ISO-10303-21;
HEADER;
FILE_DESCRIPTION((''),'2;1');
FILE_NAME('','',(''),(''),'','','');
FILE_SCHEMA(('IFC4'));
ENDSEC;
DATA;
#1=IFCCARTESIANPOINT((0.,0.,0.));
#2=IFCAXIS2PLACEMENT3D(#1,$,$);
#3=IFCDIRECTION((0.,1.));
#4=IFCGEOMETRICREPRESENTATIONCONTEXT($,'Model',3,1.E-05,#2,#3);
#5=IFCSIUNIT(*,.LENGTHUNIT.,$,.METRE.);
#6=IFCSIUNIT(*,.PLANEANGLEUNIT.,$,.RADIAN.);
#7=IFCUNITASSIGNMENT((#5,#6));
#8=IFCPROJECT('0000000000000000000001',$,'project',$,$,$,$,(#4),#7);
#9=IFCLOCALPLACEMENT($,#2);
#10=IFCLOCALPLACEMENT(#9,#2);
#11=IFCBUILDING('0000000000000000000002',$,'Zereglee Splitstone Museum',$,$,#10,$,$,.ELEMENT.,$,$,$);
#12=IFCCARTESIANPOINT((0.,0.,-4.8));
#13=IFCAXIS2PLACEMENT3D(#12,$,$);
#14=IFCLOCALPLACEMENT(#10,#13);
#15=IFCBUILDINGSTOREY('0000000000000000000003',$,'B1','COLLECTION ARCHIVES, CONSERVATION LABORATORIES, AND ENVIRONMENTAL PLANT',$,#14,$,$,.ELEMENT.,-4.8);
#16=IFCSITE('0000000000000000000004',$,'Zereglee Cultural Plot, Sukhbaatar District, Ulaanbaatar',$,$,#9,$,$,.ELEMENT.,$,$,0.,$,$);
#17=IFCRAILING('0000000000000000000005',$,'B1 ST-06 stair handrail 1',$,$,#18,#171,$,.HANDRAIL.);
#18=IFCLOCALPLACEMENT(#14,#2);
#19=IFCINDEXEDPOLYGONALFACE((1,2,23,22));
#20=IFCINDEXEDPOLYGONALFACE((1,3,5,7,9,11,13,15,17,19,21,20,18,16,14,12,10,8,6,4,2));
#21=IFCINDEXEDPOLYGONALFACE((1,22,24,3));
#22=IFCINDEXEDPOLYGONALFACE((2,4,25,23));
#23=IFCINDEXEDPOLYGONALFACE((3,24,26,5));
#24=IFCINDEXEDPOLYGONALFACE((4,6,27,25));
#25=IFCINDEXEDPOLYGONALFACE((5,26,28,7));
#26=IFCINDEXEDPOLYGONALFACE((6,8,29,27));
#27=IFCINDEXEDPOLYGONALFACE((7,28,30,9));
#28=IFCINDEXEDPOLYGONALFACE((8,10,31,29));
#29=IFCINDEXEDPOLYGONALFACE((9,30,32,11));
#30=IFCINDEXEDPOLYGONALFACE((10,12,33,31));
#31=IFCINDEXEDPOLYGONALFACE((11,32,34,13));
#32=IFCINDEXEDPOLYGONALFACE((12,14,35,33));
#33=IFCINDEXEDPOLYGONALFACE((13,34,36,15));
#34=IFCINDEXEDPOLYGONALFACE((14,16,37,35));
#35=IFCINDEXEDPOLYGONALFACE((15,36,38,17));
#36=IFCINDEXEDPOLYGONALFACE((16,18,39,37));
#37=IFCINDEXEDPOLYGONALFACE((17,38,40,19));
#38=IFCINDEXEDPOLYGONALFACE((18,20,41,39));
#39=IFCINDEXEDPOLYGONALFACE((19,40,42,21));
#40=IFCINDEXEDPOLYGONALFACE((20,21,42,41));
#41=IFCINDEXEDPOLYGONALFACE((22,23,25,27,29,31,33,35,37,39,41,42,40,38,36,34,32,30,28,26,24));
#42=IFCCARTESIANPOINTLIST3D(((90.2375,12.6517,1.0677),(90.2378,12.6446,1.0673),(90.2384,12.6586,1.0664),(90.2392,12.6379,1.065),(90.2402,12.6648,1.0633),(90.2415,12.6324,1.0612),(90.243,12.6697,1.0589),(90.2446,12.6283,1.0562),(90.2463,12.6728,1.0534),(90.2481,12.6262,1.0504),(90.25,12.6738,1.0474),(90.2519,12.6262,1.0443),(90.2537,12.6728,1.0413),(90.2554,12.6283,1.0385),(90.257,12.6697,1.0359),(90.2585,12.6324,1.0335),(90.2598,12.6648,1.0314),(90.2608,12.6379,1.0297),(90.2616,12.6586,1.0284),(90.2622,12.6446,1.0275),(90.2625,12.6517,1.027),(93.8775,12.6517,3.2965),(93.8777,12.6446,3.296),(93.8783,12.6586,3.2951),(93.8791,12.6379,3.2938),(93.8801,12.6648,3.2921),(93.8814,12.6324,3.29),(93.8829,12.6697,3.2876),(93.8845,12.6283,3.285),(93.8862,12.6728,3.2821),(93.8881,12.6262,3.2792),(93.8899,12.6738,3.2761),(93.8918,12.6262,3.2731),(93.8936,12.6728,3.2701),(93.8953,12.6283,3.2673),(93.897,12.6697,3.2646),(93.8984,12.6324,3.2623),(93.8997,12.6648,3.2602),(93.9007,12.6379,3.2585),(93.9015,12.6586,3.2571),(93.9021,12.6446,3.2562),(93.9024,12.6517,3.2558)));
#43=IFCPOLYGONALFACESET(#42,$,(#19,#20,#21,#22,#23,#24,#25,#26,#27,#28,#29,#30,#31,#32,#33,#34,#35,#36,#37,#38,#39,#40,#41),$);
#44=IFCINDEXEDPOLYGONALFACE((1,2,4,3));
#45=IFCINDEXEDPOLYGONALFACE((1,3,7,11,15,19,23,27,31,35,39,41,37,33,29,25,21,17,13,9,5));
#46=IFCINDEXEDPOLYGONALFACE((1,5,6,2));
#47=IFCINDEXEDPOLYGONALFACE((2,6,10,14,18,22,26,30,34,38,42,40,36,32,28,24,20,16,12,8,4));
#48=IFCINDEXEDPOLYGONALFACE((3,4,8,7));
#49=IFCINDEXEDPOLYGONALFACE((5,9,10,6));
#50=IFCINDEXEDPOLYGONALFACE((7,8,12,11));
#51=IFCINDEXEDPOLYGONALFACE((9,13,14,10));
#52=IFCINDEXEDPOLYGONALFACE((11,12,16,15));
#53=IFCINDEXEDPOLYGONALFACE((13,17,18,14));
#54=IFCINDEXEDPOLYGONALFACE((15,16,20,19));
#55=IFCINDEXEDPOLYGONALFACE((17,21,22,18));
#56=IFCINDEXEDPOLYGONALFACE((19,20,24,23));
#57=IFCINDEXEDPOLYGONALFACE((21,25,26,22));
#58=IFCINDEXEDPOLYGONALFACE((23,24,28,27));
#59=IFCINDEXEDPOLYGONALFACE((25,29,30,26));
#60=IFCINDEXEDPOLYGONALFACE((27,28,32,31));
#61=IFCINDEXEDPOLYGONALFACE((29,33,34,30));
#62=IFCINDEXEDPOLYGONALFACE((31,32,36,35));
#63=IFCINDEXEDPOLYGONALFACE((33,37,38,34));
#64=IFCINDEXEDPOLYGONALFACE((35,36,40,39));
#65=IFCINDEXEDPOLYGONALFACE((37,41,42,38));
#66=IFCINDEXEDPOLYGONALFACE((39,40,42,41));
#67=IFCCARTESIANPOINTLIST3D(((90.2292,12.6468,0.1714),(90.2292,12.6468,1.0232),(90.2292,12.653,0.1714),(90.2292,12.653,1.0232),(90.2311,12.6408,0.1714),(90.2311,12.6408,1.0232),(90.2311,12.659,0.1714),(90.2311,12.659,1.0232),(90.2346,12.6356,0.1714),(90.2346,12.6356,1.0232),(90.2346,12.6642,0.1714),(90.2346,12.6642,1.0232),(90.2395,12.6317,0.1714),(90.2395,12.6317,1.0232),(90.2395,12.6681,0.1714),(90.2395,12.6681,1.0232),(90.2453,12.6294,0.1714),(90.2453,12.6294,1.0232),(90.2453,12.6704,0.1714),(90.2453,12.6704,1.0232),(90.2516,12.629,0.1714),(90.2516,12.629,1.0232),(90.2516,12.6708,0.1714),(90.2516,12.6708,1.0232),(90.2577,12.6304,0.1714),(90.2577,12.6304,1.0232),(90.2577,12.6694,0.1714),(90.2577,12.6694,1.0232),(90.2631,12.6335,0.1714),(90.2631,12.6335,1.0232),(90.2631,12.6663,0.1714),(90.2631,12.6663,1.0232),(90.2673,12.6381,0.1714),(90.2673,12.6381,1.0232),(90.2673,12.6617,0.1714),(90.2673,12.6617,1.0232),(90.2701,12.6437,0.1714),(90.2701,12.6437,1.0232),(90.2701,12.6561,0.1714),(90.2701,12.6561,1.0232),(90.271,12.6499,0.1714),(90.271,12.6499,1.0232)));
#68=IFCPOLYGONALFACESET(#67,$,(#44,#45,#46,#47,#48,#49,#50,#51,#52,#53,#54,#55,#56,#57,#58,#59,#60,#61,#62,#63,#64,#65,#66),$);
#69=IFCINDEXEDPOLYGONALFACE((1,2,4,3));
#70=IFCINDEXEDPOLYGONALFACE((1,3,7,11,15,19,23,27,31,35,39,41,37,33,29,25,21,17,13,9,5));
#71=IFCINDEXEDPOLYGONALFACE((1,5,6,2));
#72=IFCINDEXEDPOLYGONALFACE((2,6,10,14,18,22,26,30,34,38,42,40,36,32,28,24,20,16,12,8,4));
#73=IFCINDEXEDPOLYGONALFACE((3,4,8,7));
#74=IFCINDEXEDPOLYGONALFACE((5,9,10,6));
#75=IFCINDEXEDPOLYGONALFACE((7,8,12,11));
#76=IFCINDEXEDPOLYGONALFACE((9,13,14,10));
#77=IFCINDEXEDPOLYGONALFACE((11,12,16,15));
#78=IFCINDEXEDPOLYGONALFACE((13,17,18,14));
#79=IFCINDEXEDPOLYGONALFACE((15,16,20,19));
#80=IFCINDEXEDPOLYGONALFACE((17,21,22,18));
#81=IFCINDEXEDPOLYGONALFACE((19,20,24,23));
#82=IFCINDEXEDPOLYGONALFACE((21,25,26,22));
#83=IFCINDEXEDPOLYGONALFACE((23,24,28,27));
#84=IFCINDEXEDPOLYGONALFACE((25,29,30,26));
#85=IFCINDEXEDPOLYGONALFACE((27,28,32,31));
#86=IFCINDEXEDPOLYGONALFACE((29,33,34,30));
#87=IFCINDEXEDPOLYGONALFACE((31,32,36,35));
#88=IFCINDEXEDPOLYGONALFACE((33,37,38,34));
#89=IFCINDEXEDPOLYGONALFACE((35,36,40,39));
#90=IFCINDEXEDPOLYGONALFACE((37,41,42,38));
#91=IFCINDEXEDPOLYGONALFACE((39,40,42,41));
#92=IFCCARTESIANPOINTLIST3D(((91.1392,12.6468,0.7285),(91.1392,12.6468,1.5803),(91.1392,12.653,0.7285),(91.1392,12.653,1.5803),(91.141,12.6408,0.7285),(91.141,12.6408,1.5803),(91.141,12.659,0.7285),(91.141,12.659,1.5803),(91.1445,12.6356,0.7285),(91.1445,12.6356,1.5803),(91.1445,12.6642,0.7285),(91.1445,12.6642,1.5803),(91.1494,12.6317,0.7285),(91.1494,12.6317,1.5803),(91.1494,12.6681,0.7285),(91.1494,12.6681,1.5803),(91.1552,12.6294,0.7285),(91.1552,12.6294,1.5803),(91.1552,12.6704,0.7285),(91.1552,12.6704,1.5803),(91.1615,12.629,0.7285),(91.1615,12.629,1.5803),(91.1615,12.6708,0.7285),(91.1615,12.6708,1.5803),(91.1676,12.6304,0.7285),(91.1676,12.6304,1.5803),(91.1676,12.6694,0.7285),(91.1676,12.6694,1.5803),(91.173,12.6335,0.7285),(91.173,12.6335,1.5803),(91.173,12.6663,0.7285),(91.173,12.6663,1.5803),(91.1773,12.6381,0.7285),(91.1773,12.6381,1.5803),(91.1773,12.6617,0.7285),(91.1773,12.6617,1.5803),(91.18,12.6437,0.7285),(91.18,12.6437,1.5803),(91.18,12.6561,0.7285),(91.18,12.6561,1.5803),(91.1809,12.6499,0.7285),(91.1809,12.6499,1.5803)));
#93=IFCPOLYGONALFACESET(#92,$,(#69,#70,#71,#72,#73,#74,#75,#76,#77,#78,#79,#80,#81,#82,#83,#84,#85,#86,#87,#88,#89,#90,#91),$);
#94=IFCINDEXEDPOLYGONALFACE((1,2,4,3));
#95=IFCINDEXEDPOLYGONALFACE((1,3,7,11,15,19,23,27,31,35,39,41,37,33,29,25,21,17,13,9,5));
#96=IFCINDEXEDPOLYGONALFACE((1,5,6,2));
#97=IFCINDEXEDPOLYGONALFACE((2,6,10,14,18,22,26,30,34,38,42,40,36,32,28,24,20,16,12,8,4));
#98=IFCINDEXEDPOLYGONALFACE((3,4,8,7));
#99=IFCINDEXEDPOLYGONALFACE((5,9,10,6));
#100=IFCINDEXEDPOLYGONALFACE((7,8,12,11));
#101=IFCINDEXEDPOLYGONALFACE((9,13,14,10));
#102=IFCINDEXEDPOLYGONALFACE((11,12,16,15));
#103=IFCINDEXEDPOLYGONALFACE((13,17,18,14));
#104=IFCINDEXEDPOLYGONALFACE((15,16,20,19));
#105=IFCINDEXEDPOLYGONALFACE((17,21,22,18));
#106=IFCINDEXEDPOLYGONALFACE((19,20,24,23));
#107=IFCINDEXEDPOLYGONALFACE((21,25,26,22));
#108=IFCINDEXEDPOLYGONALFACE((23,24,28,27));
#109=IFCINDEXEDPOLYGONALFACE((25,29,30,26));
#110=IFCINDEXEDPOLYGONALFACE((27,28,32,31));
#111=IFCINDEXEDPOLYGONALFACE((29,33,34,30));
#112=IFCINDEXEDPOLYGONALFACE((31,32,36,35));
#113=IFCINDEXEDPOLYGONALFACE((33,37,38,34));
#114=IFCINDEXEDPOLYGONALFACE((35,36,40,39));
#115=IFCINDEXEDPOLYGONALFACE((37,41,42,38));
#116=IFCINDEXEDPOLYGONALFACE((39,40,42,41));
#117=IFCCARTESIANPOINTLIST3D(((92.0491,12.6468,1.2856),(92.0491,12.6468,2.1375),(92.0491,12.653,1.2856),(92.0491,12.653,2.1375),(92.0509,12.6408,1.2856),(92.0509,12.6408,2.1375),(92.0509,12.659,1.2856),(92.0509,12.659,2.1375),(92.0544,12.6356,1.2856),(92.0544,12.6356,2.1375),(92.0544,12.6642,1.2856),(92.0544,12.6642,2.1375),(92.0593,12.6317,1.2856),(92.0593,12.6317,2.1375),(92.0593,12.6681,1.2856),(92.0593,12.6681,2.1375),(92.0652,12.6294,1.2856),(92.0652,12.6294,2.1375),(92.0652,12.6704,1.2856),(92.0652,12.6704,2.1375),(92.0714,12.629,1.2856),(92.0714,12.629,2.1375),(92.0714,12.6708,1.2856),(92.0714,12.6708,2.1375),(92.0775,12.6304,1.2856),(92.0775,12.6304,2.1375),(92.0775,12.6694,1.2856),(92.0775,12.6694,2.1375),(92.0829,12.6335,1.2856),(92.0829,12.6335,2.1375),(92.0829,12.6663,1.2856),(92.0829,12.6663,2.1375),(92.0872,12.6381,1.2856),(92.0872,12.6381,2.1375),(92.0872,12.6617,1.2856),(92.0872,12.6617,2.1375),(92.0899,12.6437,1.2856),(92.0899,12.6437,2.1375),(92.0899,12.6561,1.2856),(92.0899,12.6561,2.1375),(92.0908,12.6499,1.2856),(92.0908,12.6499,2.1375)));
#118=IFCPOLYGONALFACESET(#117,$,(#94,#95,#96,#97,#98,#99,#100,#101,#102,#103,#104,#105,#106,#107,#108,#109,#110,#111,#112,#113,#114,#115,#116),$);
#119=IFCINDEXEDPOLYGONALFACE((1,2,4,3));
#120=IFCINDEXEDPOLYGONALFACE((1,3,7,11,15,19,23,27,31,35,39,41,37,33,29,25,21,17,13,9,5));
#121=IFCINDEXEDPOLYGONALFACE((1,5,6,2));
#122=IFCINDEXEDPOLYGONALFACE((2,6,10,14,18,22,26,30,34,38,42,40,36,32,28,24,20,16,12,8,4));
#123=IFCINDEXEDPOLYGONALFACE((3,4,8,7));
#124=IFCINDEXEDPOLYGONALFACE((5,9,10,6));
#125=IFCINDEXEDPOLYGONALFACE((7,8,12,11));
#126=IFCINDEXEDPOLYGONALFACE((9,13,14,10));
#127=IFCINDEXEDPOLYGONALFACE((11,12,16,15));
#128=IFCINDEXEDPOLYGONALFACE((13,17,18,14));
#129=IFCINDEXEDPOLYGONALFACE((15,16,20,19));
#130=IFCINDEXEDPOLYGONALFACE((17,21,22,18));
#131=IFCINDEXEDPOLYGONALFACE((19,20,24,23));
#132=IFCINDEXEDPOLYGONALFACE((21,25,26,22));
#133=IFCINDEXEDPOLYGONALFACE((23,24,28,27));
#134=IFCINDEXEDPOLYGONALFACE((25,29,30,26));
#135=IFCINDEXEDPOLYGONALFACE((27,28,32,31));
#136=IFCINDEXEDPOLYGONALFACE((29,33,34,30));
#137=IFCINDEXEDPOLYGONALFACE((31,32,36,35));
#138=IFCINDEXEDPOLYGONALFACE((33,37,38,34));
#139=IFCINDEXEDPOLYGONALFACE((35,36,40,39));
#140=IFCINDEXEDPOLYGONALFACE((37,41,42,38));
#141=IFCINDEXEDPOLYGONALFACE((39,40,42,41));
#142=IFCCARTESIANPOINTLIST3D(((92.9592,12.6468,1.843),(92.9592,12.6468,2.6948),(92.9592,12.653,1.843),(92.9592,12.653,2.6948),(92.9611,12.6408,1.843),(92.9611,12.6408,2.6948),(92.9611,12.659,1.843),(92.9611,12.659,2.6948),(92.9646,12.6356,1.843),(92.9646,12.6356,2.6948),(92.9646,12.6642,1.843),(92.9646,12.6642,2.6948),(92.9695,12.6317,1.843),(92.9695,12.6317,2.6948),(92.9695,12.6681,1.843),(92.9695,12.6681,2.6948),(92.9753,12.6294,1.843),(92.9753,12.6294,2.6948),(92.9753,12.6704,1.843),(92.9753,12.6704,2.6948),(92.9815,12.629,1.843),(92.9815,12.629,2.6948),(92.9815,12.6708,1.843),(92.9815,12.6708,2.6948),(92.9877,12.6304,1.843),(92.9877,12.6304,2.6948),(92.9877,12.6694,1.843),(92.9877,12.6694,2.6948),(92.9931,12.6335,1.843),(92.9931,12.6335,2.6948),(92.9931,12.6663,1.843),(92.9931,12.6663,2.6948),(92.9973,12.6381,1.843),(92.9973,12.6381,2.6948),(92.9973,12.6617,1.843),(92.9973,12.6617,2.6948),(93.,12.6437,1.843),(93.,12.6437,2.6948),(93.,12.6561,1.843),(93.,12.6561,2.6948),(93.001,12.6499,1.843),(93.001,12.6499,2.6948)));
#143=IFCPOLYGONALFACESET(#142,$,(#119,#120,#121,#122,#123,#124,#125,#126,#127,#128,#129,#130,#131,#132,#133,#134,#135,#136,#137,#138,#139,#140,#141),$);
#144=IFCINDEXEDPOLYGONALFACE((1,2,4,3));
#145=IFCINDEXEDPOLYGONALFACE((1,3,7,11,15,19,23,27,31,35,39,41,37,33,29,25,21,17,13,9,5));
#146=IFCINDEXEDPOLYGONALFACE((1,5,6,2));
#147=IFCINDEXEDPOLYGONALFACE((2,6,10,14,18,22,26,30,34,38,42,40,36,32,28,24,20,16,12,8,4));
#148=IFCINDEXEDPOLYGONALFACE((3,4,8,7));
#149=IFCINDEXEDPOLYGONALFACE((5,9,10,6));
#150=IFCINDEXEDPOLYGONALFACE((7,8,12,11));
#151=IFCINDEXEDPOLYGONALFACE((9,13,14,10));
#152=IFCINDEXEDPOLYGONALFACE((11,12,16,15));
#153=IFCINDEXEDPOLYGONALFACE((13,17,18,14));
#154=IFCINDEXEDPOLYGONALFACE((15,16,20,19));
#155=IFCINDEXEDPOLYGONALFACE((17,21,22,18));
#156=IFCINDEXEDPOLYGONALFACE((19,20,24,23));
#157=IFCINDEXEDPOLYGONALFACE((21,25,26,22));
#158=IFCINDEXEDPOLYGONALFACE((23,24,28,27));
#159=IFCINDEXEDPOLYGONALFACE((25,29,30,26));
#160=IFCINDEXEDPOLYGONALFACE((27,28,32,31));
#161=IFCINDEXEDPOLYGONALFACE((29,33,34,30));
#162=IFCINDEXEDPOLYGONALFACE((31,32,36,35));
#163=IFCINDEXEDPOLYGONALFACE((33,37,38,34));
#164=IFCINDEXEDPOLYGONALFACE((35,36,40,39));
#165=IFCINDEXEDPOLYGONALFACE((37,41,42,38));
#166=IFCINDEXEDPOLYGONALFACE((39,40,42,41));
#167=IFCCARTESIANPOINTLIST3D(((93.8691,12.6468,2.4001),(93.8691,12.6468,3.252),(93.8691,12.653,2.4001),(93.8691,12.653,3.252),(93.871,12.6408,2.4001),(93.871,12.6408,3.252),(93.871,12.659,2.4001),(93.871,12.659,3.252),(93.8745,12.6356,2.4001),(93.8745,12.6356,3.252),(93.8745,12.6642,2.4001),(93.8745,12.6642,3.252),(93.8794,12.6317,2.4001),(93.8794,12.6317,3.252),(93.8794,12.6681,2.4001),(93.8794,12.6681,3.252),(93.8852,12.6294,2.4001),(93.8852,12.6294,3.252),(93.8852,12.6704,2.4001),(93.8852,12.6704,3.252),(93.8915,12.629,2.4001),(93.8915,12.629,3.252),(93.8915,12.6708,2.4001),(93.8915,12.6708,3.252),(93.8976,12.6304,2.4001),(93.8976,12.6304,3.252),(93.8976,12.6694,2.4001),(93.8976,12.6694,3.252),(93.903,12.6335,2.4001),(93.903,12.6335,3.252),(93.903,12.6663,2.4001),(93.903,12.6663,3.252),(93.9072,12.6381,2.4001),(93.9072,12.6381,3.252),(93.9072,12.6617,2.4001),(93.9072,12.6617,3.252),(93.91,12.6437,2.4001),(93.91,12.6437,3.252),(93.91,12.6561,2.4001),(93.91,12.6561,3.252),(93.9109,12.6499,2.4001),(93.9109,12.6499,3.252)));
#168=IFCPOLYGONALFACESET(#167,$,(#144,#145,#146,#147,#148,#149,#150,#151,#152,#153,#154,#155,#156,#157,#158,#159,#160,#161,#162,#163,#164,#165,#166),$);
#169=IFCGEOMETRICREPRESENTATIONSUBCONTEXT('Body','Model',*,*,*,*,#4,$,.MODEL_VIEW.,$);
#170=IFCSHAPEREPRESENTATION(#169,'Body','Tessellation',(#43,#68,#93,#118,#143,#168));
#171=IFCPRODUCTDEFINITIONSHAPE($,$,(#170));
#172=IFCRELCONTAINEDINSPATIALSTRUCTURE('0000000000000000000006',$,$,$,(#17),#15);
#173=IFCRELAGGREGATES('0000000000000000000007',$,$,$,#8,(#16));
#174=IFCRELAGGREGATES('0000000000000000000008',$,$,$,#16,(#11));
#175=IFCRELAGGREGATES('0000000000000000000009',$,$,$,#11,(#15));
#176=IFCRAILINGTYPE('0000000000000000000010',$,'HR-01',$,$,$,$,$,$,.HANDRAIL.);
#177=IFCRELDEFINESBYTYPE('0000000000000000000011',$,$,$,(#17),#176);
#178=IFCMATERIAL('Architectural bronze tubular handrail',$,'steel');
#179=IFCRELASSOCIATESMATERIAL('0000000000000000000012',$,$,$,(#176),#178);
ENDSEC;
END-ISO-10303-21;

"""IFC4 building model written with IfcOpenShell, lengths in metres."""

from ifc_helpers import new_model, si_unit, direction, frame, origin, origin_2d, place, context, subcontext, project, spatial, circle, extrude, material, type_object, element, save


model = new_model("IFC4")

# Units and contexts
model_context = context("Model", 3, precision=1e-05, world=origin(), true_north=direction((0.0, 1.0)))
body_context = subcontext(model_context, "Body", "Model", "MODEL_VIEW")
ifc_project = project(units=[si_unit("LENGTHUNIT", "METRE"), si_unit("PLANEANGLEUNIT", "RADIAN")], contexts=[model_context])

# Site, building, storey
site_placement = place(None, origin())
site = spatial("IfcSite", under=ifc_project, at=site_placement, Name="Zereglee Cultural Plot, Sukhbaatar District, Ulaanbaatar", CompositionType="ELEMENT", RefElevation=0.0)
building_placement = place(site_placement, origin())
building = spatial("IfcBuilding", under=site, at=building_placement, Name="Zereglee Splitstone Museum", CompositionType="ELEMENT")
storey_placement = place(building_placement, frame((0.0, 0.0, -4.8)))
storey = spatial("IfcBuildingStorey", under=building, at=storey_placement, Name="B1", Description="COLLECTION ARCHIVES, CONSERVATION LABORATORIES, AND ENVIRONMENTAL PLANT", CompositionType="ELEMENT", Elevation=-4.8)

# Railing
ifc_material_1 = material(Name="Architectural bronze tubular handrail", Category="steel")
railing_type_1 = type_object("IfcRailingType", Name="HR-01", PredefinedType="HANDRAIL", material=ifc_material_1)
railing_1_placement = place(storey_placement, frame((90.25, 12.6499, 0.1714)))
element("IfcRailing", 1, at=railing_1_placement, inside=storey, type_object=railing_type_1, Name="B1 ST-06 stair handrail 1", PredefinedType="HANDRAIL", context=body_context, shape_type="SweptSolid", body=[
    extrude(circle(Radius=0.0239, at=origin_2d()), frame((0.0, 0.0, 0.876), z_axis=(0.852825, 0.0, 0.522197), x_axis=(0.0, 1.0, 0.0)), (0.0, 0.0, 1.0), 4.2681),
    extrude(circle(Radius=0.021, at=origin_2d()), origin(), (0.0, 0.0, 1.0), 0.8518),
    extrude(circle(Radius=0.021, at=origin_2d()), frame((0.9099, 0.0, 0.5571)), (0.0, 0.0, 1.0), 0.8518),
    extrude(circle(Radius=0.021, at=origin_2d()), frame((1.8198, 0.0, 1.1143)), (0.0, 0.0, 1.0), 0.8518),
    extrude(circle(Radius=0.021, at=origin_2d()), frame((2.73, 0.0, 1.6716)), (0.0, 0.0, 1.0), 0.8518),
    extrude(circle(Radius=0.021, at=origin_2d()), frame((3.6399, 0.0, 2.2288)), (0.0, 0.0, 1.0), 0.8518),
])

save(model, "model.ifc")
